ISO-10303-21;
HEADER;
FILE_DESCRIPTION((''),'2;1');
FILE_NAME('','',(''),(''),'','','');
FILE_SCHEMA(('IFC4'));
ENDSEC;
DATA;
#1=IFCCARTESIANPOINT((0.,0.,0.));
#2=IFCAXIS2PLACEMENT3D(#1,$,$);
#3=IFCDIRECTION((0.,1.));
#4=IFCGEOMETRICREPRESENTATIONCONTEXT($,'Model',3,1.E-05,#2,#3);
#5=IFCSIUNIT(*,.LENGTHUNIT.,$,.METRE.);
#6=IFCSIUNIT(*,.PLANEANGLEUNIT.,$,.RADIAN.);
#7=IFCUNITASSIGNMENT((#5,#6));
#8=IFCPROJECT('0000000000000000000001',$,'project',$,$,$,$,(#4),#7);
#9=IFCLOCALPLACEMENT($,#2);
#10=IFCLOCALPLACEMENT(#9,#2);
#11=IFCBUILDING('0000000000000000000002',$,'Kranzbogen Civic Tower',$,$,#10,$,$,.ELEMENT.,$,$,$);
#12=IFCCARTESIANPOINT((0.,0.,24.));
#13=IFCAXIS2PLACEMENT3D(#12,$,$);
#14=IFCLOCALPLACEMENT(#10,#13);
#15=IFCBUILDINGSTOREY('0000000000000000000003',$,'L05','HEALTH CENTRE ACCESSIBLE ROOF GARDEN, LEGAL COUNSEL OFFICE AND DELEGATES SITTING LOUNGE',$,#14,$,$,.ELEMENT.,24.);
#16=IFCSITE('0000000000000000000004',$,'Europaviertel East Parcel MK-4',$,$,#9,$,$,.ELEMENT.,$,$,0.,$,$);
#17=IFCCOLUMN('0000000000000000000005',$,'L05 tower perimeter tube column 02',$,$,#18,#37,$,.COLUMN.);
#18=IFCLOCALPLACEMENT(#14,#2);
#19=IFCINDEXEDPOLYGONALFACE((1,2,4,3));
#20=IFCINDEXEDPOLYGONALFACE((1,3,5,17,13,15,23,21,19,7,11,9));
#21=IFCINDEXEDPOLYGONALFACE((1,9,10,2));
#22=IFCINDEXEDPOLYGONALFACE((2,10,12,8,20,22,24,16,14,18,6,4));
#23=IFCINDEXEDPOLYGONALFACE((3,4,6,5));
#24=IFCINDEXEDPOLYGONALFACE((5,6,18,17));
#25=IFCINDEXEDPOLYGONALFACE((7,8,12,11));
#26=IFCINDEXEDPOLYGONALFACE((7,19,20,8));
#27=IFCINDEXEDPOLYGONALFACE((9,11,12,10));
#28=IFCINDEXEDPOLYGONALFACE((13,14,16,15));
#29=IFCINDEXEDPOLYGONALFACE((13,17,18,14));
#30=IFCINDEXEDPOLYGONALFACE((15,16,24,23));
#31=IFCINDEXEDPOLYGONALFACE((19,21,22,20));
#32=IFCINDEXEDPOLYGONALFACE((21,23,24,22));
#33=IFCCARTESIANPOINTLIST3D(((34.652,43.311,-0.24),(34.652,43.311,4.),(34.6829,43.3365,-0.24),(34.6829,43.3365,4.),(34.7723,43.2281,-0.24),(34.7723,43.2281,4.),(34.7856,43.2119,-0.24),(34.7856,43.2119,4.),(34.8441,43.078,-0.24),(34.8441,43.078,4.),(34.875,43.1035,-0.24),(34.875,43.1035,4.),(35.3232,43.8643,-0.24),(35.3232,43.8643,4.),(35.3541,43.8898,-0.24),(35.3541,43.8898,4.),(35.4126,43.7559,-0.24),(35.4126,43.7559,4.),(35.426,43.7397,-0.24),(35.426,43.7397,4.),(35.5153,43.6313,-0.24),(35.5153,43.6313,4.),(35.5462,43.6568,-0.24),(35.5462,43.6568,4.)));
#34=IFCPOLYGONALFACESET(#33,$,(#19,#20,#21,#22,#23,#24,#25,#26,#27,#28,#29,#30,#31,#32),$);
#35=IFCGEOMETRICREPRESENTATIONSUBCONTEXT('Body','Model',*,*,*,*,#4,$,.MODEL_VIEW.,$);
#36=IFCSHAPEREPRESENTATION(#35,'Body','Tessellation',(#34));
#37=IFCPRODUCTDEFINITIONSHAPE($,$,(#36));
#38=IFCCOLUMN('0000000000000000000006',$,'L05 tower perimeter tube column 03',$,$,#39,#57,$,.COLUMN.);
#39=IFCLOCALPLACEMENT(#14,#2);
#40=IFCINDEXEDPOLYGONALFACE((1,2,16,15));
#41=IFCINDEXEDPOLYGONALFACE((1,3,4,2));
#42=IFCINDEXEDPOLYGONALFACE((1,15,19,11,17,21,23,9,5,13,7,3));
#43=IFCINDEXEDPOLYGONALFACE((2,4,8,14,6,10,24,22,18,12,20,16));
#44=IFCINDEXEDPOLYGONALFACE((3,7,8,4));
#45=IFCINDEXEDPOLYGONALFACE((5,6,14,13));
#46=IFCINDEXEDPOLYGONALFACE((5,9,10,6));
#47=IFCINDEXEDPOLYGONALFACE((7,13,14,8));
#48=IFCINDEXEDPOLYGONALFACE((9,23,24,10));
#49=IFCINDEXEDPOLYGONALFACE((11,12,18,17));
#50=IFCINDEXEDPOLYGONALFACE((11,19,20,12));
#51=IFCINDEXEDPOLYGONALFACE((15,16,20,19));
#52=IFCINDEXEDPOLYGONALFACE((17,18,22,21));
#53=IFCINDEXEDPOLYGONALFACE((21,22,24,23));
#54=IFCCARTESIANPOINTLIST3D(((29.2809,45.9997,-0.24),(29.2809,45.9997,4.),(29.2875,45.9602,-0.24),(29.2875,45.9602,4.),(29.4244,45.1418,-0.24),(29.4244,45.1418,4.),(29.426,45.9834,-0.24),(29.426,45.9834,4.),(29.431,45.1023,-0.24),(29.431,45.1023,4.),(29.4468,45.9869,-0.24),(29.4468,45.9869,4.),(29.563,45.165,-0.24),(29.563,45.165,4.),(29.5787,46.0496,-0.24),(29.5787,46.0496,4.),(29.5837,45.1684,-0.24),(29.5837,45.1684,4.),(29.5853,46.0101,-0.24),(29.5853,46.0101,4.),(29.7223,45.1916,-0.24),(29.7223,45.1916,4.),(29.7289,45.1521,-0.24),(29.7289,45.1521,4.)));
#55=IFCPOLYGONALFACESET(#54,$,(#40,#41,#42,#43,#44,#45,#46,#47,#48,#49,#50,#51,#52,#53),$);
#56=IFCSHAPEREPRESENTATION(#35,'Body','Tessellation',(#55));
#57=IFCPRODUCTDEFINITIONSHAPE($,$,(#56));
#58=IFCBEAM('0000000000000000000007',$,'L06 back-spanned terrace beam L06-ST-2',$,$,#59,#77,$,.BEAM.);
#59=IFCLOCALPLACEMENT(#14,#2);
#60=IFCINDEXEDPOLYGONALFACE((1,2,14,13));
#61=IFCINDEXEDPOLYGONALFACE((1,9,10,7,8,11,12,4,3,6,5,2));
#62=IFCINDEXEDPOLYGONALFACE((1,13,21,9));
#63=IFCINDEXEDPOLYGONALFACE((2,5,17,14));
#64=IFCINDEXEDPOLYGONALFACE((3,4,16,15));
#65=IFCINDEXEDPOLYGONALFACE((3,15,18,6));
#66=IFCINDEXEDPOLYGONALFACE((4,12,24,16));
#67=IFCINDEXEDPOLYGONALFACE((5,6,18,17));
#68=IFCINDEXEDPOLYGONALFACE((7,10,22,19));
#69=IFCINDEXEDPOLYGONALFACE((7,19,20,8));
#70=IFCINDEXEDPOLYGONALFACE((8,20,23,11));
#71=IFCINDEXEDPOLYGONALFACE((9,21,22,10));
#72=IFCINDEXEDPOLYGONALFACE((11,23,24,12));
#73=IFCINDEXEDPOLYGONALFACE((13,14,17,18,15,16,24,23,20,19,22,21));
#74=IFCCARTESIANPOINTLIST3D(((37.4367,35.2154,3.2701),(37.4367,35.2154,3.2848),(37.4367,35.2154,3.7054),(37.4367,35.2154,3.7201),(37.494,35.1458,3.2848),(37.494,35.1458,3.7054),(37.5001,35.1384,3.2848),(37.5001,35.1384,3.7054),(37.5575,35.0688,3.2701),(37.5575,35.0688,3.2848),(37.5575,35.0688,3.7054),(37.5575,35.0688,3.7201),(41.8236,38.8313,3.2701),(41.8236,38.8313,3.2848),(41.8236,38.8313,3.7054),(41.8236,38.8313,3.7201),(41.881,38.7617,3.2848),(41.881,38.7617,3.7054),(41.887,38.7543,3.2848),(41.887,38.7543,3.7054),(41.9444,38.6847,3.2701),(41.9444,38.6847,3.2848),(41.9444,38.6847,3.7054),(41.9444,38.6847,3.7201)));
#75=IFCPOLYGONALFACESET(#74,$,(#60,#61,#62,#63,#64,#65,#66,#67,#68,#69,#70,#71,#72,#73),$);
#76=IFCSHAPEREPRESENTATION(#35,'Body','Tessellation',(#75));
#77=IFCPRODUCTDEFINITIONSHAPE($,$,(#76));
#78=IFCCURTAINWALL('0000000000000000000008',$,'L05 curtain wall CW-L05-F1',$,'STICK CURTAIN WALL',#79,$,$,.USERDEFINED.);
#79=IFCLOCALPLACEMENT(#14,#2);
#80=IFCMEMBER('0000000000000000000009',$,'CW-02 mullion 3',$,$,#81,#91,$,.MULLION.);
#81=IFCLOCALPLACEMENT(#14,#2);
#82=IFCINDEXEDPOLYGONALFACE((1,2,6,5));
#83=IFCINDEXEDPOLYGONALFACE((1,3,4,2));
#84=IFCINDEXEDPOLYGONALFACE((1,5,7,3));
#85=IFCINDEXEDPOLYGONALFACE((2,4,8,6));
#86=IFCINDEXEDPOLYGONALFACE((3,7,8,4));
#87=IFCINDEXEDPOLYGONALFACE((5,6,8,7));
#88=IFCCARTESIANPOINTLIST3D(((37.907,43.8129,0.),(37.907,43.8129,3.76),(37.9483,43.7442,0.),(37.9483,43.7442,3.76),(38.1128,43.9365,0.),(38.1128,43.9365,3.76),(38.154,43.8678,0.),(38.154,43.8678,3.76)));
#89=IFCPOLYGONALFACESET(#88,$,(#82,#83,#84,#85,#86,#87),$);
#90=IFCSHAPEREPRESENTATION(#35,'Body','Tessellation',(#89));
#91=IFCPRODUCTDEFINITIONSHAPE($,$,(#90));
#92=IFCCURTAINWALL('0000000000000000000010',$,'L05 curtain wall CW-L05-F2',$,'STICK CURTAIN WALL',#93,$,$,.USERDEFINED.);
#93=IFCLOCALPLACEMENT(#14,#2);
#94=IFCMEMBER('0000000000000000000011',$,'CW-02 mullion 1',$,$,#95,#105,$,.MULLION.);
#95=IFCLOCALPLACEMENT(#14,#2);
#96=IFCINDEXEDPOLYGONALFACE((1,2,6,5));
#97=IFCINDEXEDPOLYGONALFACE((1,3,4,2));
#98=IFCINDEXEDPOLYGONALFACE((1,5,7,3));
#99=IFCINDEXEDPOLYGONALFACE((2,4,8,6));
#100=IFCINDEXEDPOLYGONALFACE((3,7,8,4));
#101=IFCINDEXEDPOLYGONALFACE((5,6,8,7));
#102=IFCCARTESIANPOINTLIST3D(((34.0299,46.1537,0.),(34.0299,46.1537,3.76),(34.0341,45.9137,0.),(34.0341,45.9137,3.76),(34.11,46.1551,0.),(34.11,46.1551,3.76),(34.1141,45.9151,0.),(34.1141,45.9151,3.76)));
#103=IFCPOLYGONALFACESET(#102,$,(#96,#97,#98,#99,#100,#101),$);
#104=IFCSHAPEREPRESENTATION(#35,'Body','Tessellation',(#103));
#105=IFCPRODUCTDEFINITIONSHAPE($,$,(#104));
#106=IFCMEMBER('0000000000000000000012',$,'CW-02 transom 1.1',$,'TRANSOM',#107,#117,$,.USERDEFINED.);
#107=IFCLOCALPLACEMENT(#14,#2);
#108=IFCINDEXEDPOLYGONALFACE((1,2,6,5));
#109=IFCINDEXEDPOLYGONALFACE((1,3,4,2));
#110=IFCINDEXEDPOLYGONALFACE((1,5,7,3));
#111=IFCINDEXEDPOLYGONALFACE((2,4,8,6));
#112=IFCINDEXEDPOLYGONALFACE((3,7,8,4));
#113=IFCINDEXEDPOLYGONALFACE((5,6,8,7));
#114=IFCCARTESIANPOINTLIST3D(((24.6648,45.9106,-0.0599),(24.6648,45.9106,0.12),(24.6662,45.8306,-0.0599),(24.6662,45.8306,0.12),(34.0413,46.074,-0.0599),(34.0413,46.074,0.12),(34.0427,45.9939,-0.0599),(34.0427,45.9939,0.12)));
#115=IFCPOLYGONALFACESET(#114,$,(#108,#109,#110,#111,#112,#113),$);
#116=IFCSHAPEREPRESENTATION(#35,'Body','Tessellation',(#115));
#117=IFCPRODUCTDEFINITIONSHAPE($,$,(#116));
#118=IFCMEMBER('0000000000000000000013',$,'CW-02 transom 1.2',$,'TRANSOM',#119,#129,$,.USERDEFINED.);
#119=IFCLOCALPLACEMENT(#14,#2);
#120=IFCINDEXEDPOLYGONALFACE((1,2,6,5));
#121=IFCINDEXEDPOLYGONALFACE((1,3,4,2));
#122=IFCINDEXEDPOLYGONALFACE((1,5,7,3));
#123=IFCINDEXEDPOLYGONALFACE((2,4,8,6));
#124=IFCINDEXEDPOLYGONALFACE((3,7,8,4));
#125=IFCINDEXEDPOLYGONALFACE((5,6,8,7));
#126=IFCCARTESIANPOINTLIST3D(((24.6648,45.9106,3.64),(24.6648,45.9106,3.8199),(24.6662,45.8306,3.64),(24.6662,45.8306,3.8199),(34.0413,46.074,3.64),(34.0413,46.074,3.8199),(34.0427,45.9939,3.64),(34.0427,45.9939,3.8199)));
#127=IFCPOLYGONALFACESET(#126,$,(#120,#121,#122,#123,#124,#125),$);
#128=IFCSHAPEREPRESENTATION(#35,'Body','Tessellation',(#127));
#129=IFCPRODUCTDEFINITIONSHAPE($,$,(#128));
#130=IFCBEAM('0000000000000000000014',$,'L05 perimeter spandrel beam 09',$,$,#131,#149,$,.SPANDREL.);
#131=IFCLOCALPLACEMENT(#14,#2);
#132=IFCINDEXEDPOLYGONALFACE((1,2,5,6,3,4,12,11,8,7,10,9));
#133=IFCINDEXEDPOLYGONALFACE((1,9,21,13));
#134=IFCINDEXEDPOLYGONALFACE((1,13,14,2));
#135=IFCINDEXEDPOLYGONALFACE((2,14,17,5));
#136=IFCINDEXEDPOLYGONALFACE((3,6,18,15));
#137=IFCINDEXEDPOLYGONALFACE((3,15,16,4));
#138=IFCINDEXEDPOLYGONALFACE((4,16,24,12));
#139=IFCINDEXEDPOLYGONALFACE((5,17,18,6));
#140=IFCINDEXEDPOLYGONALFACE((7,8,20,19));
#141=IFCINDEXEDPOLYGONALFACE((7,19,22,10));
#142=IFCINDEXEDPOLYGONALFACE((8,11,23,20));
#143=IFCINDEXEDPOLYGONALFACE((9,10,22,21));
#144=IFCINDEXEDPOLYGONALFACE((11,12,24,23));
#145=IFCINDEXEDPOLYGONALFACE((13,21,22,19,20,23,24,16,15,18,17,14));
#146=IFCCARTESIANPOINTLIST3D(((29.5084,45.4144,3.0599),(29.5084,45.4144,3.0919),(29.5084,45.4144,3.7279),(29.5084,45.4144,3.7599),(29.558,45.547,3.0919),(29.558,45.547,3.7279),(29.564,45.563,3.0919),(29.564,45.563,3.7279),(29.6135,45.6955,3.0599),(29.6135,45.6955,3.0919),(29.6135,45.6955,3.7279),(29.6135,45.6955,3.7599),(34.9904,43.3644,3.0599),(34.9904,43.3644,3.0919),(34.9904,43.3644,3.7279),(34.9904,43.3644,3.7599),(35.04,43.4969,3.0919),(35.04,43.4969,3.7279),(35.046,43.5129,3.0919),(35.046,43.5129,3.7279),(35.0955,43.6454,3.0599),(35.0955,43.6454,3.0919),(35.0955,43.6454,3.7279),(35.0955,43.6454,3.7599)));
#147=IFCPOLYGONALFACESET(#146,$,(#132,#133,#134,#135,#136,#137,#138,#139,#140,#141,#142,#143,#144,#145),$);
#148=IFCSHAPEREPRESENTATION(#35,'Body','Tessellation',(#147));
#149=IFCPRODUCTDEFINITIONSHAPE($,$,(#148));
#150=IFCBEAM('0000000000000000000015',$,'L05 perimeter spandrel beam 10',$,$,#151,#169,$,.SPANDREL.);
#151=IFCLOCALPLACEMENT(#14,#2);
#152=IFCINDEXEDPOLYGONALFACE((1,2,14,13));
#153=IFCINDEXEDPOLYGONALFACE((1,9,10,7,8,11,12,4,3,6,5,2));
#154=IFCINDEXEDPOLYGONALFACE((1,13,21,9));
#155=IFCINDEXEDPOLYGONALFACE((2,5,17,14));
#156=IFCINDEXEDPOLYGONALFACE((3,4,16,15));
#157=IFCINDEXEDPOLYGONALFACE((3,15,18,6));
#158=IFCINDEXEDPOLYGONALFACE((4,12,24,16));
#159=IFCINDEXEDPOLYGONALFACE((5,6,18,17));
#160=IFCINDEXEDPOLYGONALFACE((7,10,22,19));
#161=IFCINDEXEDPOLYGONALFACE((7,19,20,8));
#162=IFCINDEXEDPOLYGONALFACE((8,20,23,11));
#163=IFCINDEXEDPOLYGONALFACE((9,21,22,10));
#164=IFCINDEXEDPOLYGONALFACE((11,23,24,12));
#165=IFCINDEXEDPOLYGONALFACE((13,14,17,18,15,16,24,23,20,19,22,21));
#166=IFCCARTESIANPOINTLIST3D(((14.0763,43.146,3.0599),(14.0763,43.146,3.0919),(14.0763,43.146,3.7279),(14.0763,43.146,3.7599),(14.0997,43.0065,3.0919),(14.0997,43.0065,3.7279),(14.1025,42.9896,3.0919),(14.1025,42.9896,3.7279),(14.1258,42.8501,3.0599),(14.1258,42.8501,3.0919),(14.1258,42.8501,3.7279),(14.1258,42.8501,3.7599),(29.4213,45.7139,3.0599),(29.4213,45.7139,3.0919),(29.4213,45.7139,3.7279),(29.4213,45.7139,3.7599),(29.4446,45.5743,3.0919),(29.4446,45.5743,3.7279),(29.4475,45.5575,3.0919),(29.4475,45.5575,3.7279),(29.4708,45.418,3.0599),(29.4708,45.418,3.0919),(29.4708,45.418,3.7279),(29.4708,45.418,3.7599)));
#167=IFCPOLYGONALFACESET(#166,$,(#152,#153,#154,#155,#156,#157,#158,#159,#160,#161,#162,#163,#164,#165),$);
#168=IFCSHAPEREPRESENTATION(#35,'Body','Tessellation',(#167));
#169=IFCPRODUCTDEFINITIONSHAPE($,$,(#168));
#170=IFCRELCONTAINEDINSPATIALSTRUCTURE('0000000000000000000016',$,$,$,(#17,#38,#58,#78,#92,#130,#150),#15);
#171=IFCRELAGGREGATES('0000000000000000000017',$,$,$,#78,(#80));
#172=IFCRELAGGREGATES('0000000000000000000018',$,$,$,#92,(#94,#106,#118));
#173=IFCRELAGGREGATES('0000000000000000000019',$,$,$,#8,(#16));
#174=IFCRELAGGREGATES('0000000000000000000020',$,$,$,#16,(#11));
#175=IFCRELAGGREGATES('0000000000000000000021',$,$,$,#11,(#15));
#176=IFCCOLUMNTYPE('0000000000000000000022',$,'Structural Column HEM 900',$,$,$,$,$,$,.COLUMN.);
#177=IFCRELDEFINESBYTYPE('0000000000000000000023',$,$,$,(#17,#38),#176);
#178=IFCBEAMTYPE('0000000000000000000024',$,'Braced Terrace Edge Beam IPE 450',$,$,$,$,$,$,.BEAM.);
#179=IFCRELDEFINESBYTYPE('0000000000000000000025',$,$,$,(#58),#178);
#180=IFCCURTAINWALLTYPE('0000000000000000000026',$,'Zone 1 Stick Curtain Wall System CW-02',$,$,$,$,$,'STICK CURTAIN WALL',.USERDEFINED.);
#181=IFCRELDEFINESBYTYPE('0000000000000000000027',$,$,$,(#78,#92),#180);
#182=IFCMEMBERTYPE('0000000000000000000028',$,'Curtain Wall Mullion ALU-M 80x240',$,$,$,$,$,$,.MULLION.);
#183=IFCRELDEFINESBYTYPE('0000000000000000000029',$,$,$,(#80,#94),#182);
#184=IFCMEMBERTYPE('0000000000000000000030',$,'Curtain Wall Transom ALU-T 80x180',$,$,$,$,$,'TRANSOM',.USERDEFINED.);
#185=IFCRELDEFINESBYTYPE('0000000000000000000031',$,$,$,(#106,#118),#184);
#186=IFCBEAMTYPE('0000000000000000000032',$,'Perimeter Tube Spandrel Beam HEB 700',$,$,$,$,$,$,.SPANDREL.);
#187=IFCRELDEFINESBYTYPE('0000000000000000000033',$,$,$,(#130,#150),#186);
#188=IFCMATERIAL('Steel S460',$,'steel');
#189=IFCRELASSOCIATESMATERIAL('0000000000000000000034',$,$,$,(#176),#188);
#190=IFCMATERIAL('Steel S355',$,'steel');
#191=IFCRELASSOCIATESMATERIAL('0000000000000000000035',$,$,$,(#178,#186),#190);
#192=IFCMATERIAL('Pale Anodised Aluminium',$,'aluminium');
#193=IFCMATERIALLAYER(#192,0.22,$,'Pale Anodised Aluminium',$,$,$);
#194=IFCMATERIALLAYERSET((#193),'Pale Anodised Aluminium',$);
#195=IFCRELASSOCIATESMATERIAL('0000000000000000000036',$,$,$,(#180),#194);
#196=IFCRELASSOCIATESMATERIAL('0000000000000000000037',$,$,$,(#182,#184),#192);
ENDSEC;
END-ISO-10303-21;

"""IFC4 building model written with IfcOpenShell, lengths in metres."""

from ifc_helpers import new_model, si_unit, direction, frame, origin, origin_2d, place, context, subcontext, project, spatial, rectangle, i_section, extrude, material, layer, layer_set, material_profile, profile_set, type_object, element, aggregate, save


model = new_model("IFC4")

# Units and contexts
model_context = context("Model", 3, precision=1e-05, world=origin(), true_north=direction((0.0, 1.0)))
body_context = subcontext(model_context, "Body", "Model", "MODEL_VIEW")
ifc_project = project(units=[si_unit("LENGTHUNIT", "METRE"), si_unit("PLANEANGLEUNIT", "RADIAN")], contexts=[model_context])

# Site, building, storey
site_placement = place(None, origin())
site = spatial("IfcSite", under=ifc_project, at=site_placement, Name="Europaviertel East Parcel MK-4", CompositionType="ELEMENT", RefElevation=0.0)
building_placement = place(site_placement, origin())
building = spatial("IfcBuilding", under=site, at=building_placement, Name="Kranzbogen Civic Tower", CompositionType="ELEMENT")
storey_placement = place(building_placement, frame((0.0, 0.0, 24.0)))
storey = spatial("IfcBuildingStorey", under=building, at=storey_placement, Name="L05", Description="HEALTH CENTRE ACCESSIBLE ROOF GARDEN, LEGAL COUNSEL OFFICE AND DELEGATES SITTING LOUNGE", CompositionType="ELEMENT", Elevation=24.0)

# Columns
ifc_material_1 = material(Name="Steel S460", Category="steel")
ifc_material_profile_1 = material_profile(ifc_material_1, i_section(OverallWidth=0.302, OverallDepth=0.9099, WebThickness=0.021, FlangeThickness=0.04, at=origin_2d()), Name="HEM 900")
ifc_profile_set_1 = profile_set([ifc_material_profile_1], Name="Steel S460")
column_type = type_object("IfcColumnType", Name="Structural Column HEM 900", PredefinedType="COLUMN", material=ifc_profile_set_1)
for number, where, z_axis, x_axis, name in (
    (1, (35.0991, 43.4839, -0.24), (0.0, 0.0, 1.0), (-0.636078, 0.771625, 0.0), "L05 tower perimeter tube column 02"),
    (2, (29.5049, 45.5759, -0.24), (0.0, 0.0, 1.0), (0.986286, 0.165048, 0.0), "L05 tower perimeter tube column 03"),
):
    element("IfcColumn", number, at=place(storey_placement, frame(where, z_axis=z_axis, x_axis=x_axis)), inside=storey, type_object=column_type, Name=name, PredefinedType="COLUMN", context=body_context, shape_type="SweptSolid", body=[
        extrude(i_section(OverallWidth=0.302, OverallDepth=0.9099, WebThickness=0.021, FlangeThickness=0.04, at=origin_2d()), origin(), (0.0, 0.0, 1.0), 4.24),
    ])

# Beam
ifc_material_2 = material(Name="Steel S355", Category="steel")
ifc_material_profile_2 = material_profile(ifc_material_2, i_section(OverallWidth=0.1899, OverallDepth=0.45, WebThickness=0.0095, FlangeThickness=0.0146, at=origin_2d()), Name="IPE 450")
ifc_profile_set_2 = profile_set([ifc_material_profile_2], Name="Steel S355")
beam_type_1 = type_object("IfcBeamType", Name="Braced Terrace Edge Beam IPE 450", PredefinedType="BEAM", material=ifc_profile_set_2)
beam_1_placement = place(storey_placement, frame((37.4971, 35.1421, 3.4951), z_axis=(0.771656, 0.63604, 0.0), x_axis=(-0.63604, 0.771656, 0.0)))
element("IfcBeam", 3, at=beam_1_placement, inside=storey, type_object=beam_type_1, Name="L06 back-spanned terrace beam L06-ST-2", PredefinedType="BEAM", context=body_context, shape_type="SweptSolid", body=[
    extrude(i_section(OverallWidth=0.1899, OverallDepth=0.45, WebThickness=0.0095, FlangeThickness=0.0146, at=origin_2d()), origin(), (0.0, 0.0, 1.0), 5.6851),
])

# Curtain wall, member
ifc_material_3 = material(Name="Pale Anodised Aluminium", Category="aluminium")
ifc_layer_1 = layer(ifc_material_3, 0.22, Name="Pale Anodised Aluminium")
ifc_layer_set_1 = layer_set([ifc_layer_1], Name="Pale Anodised Aluminium")
curtain_wall_type = type_object("IfcCurtainWallType", Name="Zone 1 Stick Curtain Wall System CW-02", ElementType="STICK CURTAIN WALL", PredefinedType="USERDEFINED", material=ifc_layer_set_1)
curtain_wall_1_placement = place(storey_placement, origin())
curtain_wall_1 = element("IfcCurtainWall", 4, at=curtain_wall_1_placement, inside=storey, type_object=curtain_wall_type, Name="L05 curtain wall CW-L05-F1", ObjectType="STICK CURTAIN WALL", PredefinedType="USERDEFINED")
ifc_material_profile_3 = material_profile(ifc_material_3, rectangle(XDim=0.0801, YDim=0.24, at=origin_2d()), Name="ALU-M 80x240")
ifc_profile_set_3 = profile_set([ifc_material_profile_3], Name="Pale Anodised Aluminium")
member_type_1 = type_object("IfcMemberType", Name="Curtain Wall Mullion ALU-M 80x240", PredefinedType="MULLION", material=ifc_profile_set_3)
member_1_placement = place(storey_placement, frame((38.0305, 43.8403, 0.0), z_axis=(0.0, 0.0, 1.0), x_axis=(-0.515031, 0.857171, 0.0)))
member_1 = element("IfcMember", 5, at=member_1_placement, type_object=member_type_1, Name="CW-02 mullion 3", PredefinedType="MULLION", context=body_context, shape_type="SweptSolid", body=[
    extrude(rectangle(XDim=0.0801, YDim=0.24, at=origin_2d()), origin(), (0.0, 0.0, 1.0), 3.76),
])
aggregate(curtain_wall_1, [member_1])

# Curtain wall, members
curtain_wall_2_placement = place(storey_placement, origin())
curtain_wall_2 = element("IfcCurtainWall", 6, at=curtain_wall_2_placement, inside=storey, type_object=curtain_wall_type, Name="L05 curtain wall CW-L05-F2", ObjectType="STICK CURTAIN WALL", PredefinedType="USERDEFINED")
member_2_placement = place(storey_placement, frame((34.072, 46.0344, 0.0), z_axis=(0.0, 0.0, 1.0), x_axis=(-0.999848, -0.017427, 0.0)))
member_2 = element("IfcMember", 7, at=member_2_placement, type_object=member_type_1, Name="CW-02 mullion 1", PredefinedType="MULLION", context=body_context, shape_type="SweptSolid", body=[
    extrude(rectangle(XDim=0.0801, YDim=0.24, at=origin_2d()), origin(), (0.0, 0.0, 1.0), 3.76),
])
ifc_material_profile_4 = material_profile(ifc_material_3, rectangle(XDim=0.0801, YDim=0.1799, at=origin_2d()), Name="ALU-T 80x180")
ifc_profile_set_4 = profile_set([ifc_material_profile_4], Name="Pale Anodised Aluminium")
member_type_2 = type_object("IfcMemberType", Name="Curtain Wall Transom ALU-T 80x180", ElementType="TRANSOM", PredefinedType="USERDEFINED", material=ifc_profile_set_4)
member_3_placement = place(storey_placement, frame((34.042, 46.0339, 0.03), z_axis=(-0.999848, -0.017417, 0.0), x_axis=(0.017417, -0.999848, 0.0)))
member_3 = element("IfcMember", 8, at=member_3_placement, type_object=member_type_2, Name="CW-02 transom 1.1", ObjectType="TRANSOM", PredefinedType="USERDEFINED", context=body_context, shape_type="SweptSolid", body=[
    extrude(rectangle(XDim=0.0801, YDim=0.1799, at=origin_2d()), origin(), (0.0, 0.0, 1.0), 9.3779),
])
member_4_placement = place(storey_placement, frame((34.042, 46.0339, 3.73), z_axis=(-0.999848, -0.017417, 0.0), x_axis=(0.017417, -0.999848, 0.0)))
member_4 = element("IfcMember", 9, at=member_4_placement, type_object=member_type_2, Name="CW-02 transom 1.2", ObjectType="TRANSOM", PredefinedType="USERDEFINED", context=body_context, shape_type="SweptSolid", body=[
    extrude(rectangle(XDim=0.0801, YDim=0.1799, at=origin_2d()), origin(), (0.0, 0.0, 1.0), 9.3779),
])

# Beams
ifc_material_profile_5 = material_profile(ifc_material_2, i_section(OverallWidth=0.3, OverallDepth=0.7, WebThickness=0.0171, FlangeThickness=0.032, at=origin_2d()), Name="HEB 700")
ifc_profile_set_5 = profile_set([ifc_material_profile_5], Name="Steel S355")
beam_type_2 = type_object("IfcBeamType", Name="Perimeter Tube Spandrel Beam HEB 700", PredefinedType="SPANDREL", material=ifc_profile_set_5)
beam_2_placement = place(storey_placement, frame((35.043, 43.5049, 3.4099), z_axis=(-0.936648, 0.350273, 0.0), x_axis=(-0.350273, -0.936648, 0.0)))
element("IfcBeam", 10, at=beam_2_placement, inside=storey, type_object=beam_type_2, Name="L05 perimeter spandrel beam 09", PredefinedType="SPANDREL", context=body_context, shape_type="SweptSolid", body=[
    extrude(i_section(OverallWidth=0.3, OverallDepth=0.7, WebThickness=0.0171, FlangeThickness=0.032, at=origin_2d()), origin(), (0.0, 0.0, 1.0), 5.8528),
])
beam_3_placement = place(storey_placement, frame((29.446, 45.5659, 3.4099), z_axis=(-0.986286, -0.165048, 0.0), x_axis=(0.165048, -0.986286, 0.0)))
element("IfcBeam", 11, at=beam_3_placement, inside=storey, type_object=beam_type_2, Name="L05 perimeter spandrel beam 10", PredefinedType="SPANDREL", context=body_context, shape_type="SweptSolid", body=[
    extrude(i_section(OverallWidth=0.3, OverallDepth=0.7, WebThickness=0.0171, FlangeThickness=0.032, at=origin_2d()), origin(), (0.0, 0.0, 1.0), 15.5583),
])

aggregate(curtain_wall_2, [member_2, member_3, member_4])

save(model, "model.ifc")
